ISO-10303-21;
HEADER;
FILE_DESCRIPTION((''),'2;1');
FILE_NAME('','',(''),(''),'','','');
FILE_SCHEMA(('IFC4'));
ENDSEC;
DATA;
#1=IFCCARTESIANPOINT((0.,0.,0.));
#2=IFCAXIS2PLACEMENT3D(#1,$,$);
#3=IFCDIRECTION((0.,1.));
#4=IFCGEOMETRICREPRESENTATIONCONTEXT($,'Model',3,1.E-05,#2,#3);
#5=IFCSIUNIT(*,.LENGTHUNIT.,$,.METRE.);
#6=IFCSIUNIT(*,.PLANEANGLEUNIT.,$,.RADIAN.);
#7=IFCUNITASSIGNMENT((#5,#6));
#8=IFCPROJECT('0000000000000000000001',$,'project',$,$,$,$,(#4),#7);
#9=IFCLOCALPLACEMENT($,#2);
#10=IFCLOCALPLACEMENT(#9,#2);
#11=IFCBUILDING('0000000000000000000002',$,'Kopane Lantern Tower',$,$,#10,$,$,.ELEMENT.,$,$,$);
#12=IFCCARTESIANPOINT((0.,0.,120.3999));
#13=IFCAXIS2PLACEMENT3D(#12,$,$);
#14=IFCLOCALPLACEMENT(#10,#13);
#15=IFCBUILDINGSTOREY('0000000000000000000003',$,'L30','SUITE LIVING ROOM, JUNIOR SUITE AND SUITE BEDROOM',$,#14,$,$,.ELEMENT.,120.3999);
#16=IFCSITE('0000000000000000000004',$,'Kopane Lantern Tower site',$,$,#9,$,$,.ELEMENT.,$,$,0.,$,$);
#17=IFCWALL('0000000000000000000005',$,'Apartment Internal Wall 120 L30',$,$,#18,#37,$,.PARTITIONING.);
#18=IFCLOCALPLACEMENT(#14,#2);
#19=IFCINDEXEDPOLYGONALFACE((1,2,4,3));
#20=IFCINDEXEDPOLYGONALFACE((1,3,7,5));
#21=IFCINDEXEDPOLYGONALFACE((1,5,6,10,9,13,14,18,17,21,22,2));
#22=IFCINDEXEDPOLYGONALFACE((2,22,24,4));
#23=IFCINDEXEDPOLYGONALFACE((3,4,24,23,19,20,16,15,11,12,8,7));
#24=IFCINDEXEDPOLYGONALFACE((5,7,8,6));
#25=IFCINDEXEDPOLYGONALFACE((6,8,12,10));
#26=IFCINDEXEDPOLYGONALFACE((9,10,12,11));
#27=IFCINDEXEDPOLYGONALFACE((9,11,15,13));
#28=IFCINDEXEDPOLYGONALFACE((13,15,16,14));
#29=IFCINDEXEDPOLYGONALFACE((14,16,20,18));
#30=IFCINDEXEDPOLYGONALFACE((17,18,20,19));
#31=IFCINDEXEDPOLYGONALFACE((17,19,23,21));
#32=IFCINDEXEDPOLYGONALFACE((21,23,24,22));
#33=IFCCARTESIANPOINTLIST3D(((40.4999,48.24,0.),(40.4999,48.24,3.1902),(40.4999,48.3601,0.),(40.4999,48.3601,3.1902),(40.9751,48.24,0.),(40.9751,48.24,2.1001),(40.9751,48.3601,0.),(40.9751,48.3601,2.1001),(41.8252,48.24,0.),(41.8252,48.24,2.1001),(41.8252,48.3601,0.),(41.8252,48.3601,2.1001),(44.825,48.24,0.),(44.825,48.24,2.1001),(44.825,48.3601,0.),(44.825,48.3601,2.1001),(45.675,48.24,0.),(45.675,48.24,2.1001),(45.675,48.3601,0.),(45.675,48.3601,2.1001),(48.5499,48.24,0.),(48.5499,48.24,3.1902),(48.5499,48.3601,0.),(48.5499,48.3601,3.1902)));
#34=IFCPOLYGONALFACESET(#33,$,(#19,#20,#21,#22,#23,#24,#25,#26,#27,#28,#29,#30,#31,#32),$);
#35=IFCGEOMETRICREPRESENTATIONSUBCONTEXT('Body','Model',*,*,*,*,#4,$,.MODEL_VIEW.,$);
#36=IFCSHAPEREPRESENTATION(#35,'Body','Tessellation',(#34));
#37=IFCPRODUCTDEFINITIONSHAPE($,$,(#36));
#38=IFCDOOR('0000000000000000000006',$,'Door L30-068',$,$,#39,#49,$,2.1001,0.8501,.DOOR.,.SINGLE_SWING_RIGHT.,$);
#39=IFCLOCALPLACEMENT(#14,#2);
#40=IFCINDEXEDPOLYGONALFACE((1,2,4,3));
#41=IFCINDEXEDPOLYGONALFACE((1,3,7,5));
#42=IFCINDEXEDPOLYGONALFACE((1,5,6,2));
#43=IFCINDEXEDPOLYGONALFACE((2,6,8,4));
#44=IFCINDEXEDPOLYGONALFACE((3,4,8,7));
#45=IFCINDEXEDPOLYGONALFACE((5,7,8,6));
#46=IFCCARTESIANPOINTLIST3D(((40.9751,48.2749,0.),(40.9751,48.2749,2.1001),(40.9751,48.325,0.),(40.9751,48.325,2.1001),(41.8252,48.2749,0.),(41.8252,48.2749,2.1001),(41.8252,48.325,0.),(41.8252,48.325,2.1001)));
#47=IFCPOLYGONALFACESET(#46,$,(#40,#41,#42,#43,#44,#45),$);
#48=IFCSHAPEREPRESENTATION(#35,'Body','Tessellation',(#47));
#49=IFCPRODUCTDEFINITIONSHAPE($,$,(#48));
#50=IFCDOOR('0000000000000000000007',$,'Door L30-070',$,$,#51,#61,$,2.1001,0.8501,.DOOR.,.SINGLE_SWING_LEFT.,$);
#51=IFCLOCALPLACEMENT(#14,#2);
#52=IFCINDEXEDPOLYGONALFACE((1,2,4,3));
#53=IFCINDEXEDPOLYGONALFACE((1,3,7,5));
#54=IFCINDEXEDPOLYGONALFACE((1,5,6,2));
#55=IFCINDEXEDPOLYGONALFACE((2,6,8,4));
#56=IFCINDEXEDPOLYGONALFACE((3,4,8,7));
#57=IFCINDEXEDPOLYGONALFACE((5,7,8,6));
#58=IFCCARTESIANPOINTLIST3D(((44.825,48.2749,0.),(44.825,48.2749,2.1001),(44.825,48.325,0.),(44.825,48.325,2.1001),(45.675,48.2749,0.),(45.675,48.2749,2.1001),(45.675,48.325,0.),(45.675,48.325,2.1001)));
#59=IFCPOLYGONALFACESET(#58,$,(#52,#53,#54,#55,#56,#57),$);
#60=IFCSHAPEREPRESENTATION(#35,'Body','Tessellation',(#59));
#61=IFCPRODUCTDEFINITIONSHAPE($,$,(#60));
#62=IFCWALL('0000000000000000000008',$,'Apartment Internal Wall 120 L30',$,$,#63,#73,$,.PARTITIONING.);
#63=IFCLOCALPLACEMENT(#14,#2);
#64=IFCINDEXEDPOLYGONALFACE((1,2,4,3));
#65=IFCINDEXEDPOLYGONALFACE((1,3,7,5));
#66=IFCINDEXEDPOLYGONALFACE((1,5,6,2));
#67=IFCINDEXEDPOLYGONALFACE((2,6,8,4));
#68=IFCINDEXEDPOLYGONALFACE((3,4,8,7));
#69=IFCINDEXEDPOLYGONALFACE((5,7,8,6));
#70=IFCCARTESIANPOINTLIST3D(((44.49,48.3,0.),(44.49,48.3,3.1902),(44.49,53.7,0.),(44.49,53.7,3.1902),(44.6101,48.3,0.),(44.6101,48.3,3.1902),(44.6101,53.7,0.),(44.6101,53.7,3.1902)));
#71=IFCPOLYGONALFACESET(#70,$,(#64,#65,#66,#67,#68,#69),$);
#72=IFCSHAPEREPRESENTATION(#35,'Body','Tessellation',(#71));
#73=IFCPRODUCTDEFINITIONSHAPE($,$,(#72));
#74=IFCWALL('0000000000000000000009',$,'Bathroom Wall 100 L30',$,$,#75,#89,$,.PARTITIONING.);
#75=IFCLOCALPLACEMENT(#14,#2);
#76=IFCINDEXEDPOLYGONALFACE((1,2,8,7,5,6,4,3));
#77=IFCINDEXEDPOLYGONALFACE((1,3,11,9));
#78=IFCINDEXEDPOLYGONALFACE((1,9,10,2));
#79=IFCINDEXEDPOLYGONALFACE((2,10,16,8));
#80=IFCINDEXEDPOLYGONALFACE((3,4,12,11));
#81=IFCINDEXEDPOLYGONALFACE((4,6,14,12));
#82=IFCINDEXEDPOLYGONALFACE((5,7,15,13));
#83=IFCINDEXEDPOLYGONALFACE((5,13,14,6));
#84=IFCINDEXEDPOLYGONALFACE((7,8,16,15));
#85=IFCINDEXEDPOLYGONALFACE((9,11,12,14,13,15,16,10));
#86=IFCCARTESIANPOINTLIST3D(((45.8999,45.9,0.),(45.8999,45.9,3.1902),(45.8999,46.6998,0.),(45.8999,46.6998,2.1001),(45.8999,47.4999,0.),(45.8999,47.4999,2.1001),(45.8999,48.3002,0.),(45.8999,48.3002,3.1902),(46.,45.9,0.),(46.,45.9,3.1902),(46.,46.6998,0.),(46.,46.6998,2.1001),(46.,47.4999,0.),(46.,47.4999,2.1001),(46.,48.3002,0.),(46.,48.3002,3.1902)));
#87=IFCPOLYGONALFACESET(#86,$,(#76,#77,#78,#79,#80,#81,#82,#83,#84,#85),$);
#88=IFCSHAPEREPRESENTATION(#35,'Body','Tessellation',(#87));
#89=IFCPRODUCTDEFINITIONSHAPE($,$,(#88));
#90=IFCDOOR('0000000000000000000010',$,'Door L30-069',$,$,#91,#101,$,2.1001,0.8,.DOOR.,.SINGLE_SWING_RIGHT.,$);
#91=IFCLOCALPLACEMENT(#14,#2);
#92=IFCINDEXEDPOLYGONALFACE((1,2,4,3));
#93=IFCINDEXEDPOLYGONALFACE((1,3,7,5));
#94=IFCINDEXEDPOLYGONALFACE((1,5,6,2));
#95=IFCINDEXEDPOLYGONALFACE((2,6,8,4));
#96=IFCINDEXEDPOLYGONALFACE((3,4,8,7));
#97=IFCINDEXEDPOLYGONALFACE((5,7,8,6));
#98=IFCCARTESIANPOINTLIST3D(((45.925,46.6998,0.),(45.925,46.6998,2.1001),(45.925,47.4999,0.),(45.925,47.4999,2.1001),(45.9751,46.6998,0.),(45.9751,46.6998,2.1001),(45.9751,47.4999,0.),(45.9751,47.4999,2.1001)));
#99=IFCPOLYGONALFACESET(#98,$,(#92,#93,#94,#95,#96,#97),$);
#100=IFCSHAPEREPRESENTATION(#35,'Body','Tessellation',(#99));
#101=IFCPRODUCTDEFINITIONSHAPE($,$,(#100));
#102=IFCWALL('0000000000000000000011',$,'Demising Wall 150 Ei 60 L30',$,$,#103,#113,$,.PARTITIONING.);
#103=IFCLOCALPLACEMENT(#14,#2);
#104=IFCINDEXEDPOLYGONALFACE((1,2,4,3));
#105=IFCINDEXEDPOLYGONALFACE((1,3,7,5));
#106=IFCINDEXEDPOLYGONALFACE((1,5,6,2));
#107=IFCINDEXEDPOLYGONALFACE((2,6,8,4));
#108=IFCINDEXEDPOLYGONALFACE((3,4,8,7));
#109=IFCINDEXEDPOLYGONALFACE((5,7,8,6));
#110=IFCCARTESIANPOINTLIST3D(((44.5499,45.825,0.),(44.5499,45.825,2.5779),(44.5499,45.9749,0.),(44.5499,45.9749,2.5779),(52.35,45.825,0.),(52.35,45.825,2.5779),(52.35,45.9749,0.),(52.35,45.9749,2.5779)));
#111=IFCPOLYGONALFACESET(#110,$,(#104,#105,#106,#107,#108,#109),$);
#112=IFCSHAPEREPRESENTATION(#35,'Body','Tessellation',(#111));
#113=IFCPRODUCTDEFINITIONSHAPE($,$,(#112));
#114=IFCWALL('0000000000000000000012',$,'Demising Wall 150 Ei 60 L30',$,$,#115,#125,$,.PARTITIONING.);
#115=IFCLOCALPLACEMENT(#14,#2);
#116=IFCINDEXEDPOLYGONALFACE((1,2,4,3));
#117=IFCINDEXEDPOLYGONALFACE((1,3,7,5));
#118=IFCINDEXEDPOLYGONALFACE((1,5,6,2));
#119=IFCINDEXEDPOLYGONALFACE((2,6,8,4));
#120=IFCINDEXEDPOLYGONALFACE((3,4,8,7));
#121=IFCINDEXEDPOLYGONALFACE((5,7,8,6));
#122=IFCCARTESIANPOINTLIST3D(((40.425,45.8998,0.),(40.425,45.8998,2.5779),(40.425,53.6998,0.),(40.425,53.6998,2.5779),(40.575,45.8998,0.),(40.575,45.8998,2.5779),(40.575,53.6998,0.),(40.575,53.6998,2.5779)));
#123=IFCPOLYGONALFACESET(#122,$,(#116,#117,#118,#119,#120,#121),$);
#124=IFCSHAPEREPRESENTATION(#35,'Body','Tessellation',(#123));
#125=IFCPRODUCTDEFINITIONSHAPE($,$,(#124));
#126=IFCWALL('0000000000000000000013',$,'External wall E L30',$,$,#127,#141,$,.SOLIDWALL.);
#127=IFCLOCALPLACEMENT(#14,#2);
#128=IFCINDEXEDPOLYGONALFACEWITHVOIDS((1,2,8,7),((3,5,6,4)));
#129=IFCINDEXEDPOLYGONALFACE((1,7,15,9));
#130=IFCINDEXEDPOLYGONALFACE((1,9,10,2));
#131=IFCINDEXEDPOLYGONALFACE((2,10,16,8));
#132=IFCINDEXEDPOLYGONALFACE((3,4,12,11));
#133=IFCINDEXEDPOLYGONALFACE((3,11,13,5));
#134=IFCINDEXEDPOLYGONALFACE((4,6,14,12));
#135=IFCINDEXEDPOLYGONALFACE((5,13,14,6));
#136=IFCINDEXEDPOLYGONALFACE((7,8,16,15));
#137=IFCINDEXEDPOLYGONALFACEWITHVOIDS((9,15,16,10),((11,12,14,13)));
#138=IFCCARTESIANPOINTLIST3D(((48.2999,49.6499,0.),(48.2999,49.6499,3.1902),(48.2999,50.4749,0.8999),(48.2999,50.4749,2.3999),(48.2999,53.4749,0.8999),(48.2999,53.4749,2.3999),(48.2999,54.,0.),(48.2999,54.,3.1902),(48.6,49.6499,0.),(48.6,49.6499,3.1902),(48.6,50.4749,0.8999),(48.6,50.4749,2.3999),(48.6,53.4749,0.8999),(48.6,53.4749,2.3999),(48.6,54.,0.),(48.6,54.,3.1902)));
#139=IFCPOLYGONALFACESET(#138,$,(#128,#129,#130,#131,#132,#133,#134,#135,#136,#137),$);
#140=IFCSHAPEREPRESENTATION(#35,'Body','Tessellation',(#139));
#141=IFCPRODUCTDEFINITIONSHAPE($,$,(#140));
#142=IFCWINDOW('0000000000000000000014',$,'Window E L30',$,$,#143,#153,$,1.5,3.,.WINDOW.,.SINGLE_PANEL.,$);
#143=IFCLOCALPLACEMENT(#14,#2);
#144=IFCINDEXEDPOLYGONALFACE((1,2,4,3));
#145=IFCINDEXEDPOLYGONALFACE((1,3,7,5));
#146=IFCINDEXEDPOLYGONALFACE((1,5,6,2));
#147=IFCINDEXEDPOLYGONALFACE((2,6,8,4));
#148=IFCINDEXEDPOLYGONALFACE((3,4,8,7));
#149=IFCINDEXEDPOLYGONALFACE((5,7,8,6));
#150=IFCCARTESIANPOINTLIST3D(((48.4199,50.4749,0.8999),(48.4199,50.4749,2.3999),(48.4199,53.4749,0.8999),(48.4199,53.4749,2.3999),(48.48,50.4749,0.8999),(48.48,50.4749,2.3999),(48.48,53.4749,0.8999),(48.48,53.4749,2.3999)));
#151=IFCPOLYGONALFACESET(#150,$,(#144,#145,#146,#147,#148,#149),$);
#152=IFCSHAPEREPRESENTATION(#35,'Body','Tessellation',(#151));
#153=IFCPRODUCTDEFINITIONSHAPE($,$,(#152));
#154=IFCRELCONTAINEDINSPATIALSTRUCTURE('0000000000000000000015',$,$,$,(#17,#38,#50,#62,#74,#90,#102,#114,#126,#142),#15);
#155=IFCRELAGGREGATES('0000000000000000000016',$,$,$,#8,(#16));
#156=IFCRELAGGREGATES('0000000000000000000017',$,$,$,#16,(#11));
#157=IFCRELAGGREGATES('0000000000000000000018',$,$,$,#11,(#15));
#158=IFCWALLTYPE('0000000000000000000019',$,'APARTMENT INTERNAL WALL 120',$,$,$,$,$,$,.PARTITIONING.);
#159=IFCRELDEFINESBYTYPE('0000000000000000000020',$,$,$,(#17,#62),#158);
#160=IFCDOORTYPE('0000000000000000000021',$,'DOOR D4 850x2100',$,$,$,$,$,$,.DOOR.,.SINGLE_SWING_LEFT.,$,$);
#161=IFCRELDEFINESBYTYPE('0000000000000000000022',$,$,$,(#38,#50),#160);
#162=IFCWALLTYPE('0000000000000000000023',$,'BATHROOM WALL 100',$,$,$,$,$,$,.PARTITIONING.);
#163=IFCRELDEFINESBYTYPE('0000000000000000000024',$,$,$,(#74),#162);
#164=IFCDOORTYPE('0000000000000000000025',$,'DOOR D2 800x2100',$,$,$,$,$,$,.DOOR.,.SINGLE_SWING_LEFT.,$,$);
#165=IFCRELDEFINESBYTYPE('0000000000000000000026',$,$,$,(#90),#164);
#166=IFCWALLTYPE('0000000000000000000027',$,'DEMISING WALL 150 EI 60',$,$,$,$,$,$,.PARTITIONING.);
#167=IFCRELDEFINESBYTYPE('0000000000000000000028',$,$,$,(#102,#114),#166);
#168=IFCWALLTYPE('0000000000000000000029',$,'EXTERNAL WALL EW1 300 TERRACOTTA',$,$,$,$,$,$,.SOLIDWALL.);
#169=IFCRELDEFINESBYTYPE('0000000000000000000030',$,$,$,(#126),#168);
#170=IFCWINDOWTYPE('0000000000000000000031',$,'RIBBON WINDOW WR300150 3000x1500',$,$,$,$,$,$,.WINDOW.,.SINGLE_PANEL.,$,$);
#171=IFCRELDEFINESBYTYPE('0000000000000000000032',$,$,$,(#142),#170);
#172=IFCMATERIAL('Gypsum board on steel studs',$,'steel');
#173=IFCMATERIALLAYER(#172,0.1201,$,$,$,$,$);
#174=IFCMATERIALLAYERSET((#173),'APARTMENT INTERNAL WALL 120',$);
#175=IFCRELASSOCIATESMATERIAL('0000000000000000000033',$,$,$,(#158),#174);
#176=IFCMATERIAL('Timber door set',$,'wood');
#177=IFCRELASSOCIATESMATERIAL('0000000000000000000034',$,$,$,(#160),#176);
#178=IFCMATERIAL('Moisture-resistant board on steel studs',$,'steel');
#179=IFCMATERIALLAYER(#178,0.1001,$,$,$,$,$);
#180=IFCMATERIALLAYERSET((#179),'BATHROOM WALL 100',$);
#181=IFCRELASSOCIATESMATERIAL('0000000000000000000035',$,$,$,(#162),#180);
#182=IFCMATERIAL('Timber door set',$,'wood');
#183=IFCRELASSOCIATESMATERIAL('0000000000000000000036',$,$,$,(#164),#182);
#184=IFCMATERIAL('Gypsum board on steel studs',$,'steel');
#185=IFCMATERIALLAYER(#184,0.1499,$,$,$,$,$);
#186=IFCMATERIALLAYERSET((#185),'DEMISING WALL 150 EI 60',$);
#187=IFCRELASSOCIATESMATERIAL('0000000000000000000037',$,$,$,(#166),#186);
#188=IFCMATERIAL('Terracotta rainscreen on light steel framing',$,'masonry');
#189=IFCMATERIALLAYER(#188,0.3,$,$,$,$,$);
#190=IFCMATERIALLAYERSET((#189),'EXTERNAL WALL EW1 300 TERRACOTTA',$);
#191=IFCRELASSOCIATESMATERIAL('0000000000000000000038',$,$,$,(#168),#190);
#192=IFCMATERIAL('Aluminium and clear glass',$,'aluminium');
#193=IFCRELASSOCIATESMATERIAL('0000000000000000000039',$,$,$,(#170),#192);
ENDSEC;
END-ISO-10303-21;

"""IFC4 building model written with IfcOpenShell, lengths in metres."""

from ifc_helpers import new_model, si_unit, direction, frame, frame_2d, origin, place, context, subcontext, project, spatial, rectangle, extrude, material, layer, layer_set, type_object, element, fill, save


model = new_model("IFC4")

# Units and contexts
model_context = context("Model", 3, precision=1e-05, world=origin(), true_north=direction((0.0, 1.0)))
body_context = subcontext(model_context, "Body", "Model", "MODEL_VIEW")
ifc_project = project(units=[si_unit("LENGTHUNIT", "METRE"), si_unit("PLANEANGLEUNIT", "RADIAN")], contexts=[model_context])

# Site, building, storey
site_placement = place(None, origin())
site = spatial("IfcSite", under=ifc_project, at=site_placement, Name="Kopane Lantern Tower site", CompositionType="ELEMENT", RefElevation=0.0)
building_placement = place(site_placement, origin())
building = spatial("IfcBuilding", under=site, at=building_placement, Name="Kopane Lantern Tower", CompositionType="ELEMENT")
storey_placement = place(building_placement, frame((0.0, 0.0, 120.3999)))
storey = spatial("IfcBuildingStorey", under=building, at=storey_placement, Name="L30", Description="SUITE LIVING ROOM, JUNIOR SUITE AND SUITE BEDROOM", CompositionType="ELEMENT", Elevation=120.3999)

# Wall, openings, doors
ifc_material_1 = material(Name="Gypsum board on steel studs", Category="steel")
ifc_layer_1 = layer(ifc_material_1, 0.1201)
ifc_layer_set_1 = layer_set([ifc_layer_1], Name="APARTMENT INTERNAL WALL 120")
wall_type_1 = type_object("IfcWallType", Name="APARTMENT INTERNAL WALL 120", PredefinedType="PARTITIONING", material=ifc_layer_set_1)
wall_1_placement = place(storey_placement, frame((40.5, 48.3, 0.0), z_axis=(0.0, 0.0, 1.0), x_axis=(1.0, 0.0, 0.0)))
wall_1 = element("IfcWall", 1, at=wall_1_placement, inside=storey, type_object=wall_type_1, Name="Apartment Internal Wall 120 L30", PredefinedType="PARTITIONING", context=body_context, shape_type="SweptSolid", body=[
    extrude(rectangle(XDim=8.05, YDim=0.1201, at=frame_2d((4.0249, 0.0))), origin(), (0.0, 0.0, 1.0), 3.1902),
])
opening_1_placement = place(wall_1_placement, frame((0.4751, 0.0, 0.0)))
opening_1 = element("IfcOpeningElement", 2, at=opening_1_placement, cuts=wall_1, PredefinedType="OPENING", context=body_context, shape_type="SweptSolid", body=[
    extrude(rectangle(XDim=0.8501, YDim=2.1001, at=frame_2d((0.425, 1.05))), frame((0.0, 0.0701, 0.0), z_axis=(0.0, -1.0, 0.0), x_axis=(1.0, 0.0, 0.0)), (0.0, 0.0, 1.0), 0.1401),
])
opening_2_placement = place(wall_1_placement, frame((4.325, 0.0, 0.0)))
opening_2 = element("IfcOpeningElement", 3, at=opening_2_placement, cuts=wall_1, PredefinedType="OPENING", context=body_context, shape_type="SweptSolid", body=[
    extrude(rectangle(XDim=0.8501, YDim=2.1001, at=frame_2d((0.425, 1.05))), frame((0.0, 0.0701, 0.0), z_axis=(0.0, -1.0, 0.0), x_axis=(1.0, 0.0, 0.0)), (0.0, 0.0, 1.0), 0.1401),
])
ifc_material_2 = material(Name="Timber door set", Category="wood")
door_type_1 = type_object("IfcDoorType", Name="DOOR D4 850x2100", OperationType="SINGLE_SWING_LEFT", PredefinedType="DOOR", material=ifc_material_2)
door_1_placement = place(opening_1_placement, origin())
door_1 = element("IfcDoor", 4, at=door_1_placement, inside=storey, type_object=door_type_1, Name="Door L30-068", OperationType="SINGLE_SWING_RIGHT", OverallHeight=2.1001, OverallWidth=0.8501, PredefinedType="DOOR", context=body_context, shape_type="SweptSolid", body=[
    extrude(rectangle(XDim=0.8501, YDim=2.1001, at=frame_2d((0.425, 1.05))), frame((0.0, 0.0249, 0.0), z_axis=(0.0, -1.0, 0.0), x_axis=(1.0, 0.0, 0.0)), (0.0, 0.0, 1.0), 0.05),
])
fill(opening_1, door_1)
door_2_placement = place(opening_2_placement, origin())
door_2 = element("IfcDoor", 5, at=door_2_placement, inside=storey, type_object=door_type_1, Name="Door L30-070", OperationType="SINGLE_SWING_LEFT", OverallHeight=2.1001, OverallWidth=0.8501, PredefinedType="DOOR", context=body_context, shape_type="SweptSolid", body=[
    extrude(rectangle(XDim=0.8501, YDim=2.1001, at=frame_2d((0.425, 1.05))), frame((0.0, 0.0249, 0.0), z_axis=(0.0, -1.0, 0.0), x_axis=(1.0, 0.0, 0.0)), (0.0, 0.0, 1.0), 0.05),
])
fill(opening_2, door_2)

# Wall
wall_2_placement = place(storey_placement, frame((44.55, 48.3, 0.0), z_axis=(0.0, 0.0, 1.0), x_axis=(0.0, 1.0, 0.0)))
element("IfcWall", 6, at=wall_2_placement, inside=storey, type_object=wall_type_1, Name="Apartment Internal Wall 120 L30", PredefinedType="PARTITIONING", context=body_context, shape_type="SweptSolid", body=[
    extrude(rectangle(XDim=5.3999, YDim=0.1201, at=frame_2d((2.7, 0.0))), origin(), (0.0, 0.0, 1.0), 3.1902),
])

# Wall, opening, door
ifc_material_3 = material(Name="Moisture-resistant board on steel studs", Category="steel")
ifc_layer_2 = layer(ifc_material_3, 0.1001)
ifc_layer_set_2 = layer_set([ifc_layer_2], Name="BATHROOM WALL 100")
wall_type_2 = type_object("IfcWallType", Name="BATHROOM WALL 100", PredefinedType="PARTITIONING", material=ifc_layer_set_2)
wall_3_placement = place(storey_placement, frame((45.95, 45.8999, 0.0), z_axis=(0.0, 0.0, 1.0), x_axis=(0.0, 1.0, 0.0)))
wall_3 = element("IfcWall", 7, at=wall_3_placement, inside=storey, type_object=wall_type_2, Name="Bathroom Wall 100 L30", PredefinedType="PARTITIONING", context=body_context, shape_type="SweptSolid", body=[
    extrude(rectangle(XDim=2.4001, YDim=0.1001, at=frame_2d((1.2002, 0.0))), origin(), (0.0, 0.0, 1.0), 3.1902),
])
opening_3_placement = place(wall_3_placement, frame((0.8, 0.0, 0.0)))
opening_3 = element("IfcOpeningElement", 8, at=opening_3_placement, cuts=wall_3, PredefinedType="OPENING", context=body_context, shape_type="SweptSolid", body=[
    extrude(rectangle(XDim=0.8, YDim=2.1001, at=frame_2d((0.3999, 1.05))), frame((0.0, 0.0601, 0.0), z_axis=(0.0, -1.0, 0.0), x_axis=(1.0, 0.0, 0.0)), (0.0, 0.0, 1.0), 0.1201),
])
ifc_material_4 = material(Name="Timber door set", Category="wood")
door_type_2 = type_object("IfcDoorType", Name="DOOR D2 800x2100", OperationType="SINGLE_SWING_LEFT", PredefinedType="DOOR", material=ifc_material_4)
door_3_placement = place(opening_3_placement, origin())
door_3 = element("IfcDoor", 9, at=door_3_placement, inside=storey, type_object=door_type_2, Name="Door L30-069", OperationType="SINGLE_SWING_RIGHT", OverallHeight=2.1001, OverallWidth=0.8, PredefinedType="DOOR", context=body_context, shape_type="SweptSolid", body=[
    extrude(rectangle(XDim=0.8, YDim=2.1001, at=frame_2d((0.3999, 1.05))), frame((0.0, 0.0249, 0.0), z_axis=(0.0, -1.0, 0.0), x_axis=(1.0, 0.0, 0.0)), (0.0, 0.0, 1.0), 0.05),
])
fill(opening_3, door_3)

# Walls
ifc_material_5 = material(Name="Gypsum board on steel studs", Category="steel")
ifc_layer_3 = layer(ifc_material_5, 0.1499)
ifc_layer_set_3 = layer_set([ifc_layer_3], Name="DEMISING WALL 150 EI 60")
wall_type_3 = type_object("IfcWallType", Name="DEMISING WALL 150 EI 60", PredefinedType="PARTITIONING", material=ifc_layer_set_3)
for number, where, z_axis, x_axis, name in (
    (10, (44.55, 45.8999, 0.0), (0.0, 0.0, 1.0), (1.0, 0.0, 0.0), "Demising Wall 150 Ei 60 L30"),
    (11, (40.5, 45.8999, 0.0), (0.0, 0.0, 1.0), (0.0, 1.0, 0.0), "Demising Wall 150 Ei 60 L30"),
):
    element("IfcWall", number, at=place(storey_placement, frame(where, z_axis=z_axis, x_axis=x_axis)), inside=storey, type_object=wall_type_3, Name=name, PredefinedType="PARTITIONING", context=body_context, shape_type="SweptSolid", body=[
        extrude(rectangle(XDim=7.8, YDim=0.1499, at=frame_2d((3.8999, 0.0))), origin(), (0.0, 0.0, 1.0), 2.5779),
    ])

# Wall, opening, window
ifc_material_6 = material(Name="Terracotta rainscreen on light steel framing", Category="masonry")
ifc_layer_4 = layer(ifc_material_6, 0.3)
ifc_layer_set_4 = layer_set([ifc_layer_4], Name="EXTERNAL WALL EW1 300 TERRACOTTA")
wall_type_4 = type_object("IfcWallType", Name="EXTERNAL WALL EW1 300 TERRACOTTA", PredefinedType="SOLIDWALL", material=ifc_layer_set_4)
wall_4_placement = place(storey_placement, frame((48.45, 49.6499, 0.0), z_axis=(0.0, 0.0, 1.0), x_axis=(0.0, 1.0, 0.0)))
wall_4 = element("IfcWall", 12, at=wall_4_placement, inside=storey, type_object=wall_type_4, Name="External wall E L30", PredefinedType="SOLIDWALL", context=body_context, shape_type="SweptSolid", body=[
    extrude(rectangle(XDim=4.3501, YDim=0.3, at=frame_2d((2.175, 0.0))), origin(), (0.0, 0.0, 1.0), 3.1902),
])
opening_4_placement = place(wall_4_placement, frame((0.825, 0.0, 0.8999)))
opening_4 = element("IfcOpeningElement", 13, at=opening_4_placement, cuts=wall_4, PredefinedType="OPENING", context=body_context, shape_type="SweptSolid", body=[
    extrude(rectangle(XDim=3.0, YDim=1.5, at=frame_2d((1.5, 0.75))), frame((0.0, 0.1599, 0.0), z_axis=(0.0, -1.0, 0.0), x_axis=(1.0, 0.0, 0.0)), (0.0, 0.0, 1.0), 0.3201),
])
ifc_material_7 = material(Name="Aluminium and clear glass", Category="aluminium")
window_type_1 = type_object("IfcWindowType", Name="RIBBON WINDOW WR300150 3000x1500", PartitioningType="SINGLE_PANEL", PredefinedType="WINDOW", material=ifc_material_7)
window_1_placement = place(opening_4_placement, origin())
window_1 = element("IfcWindow", 14, at=window_1_placement, inside=storey, type_object=window_type_1, Name="Window E L30", OverallHeight=1.5, OverallWidth=3.0, PartitioningType="SINGLE_PANEL", PredefinedType="WINDOW", context=body_context, shape_type="SweptSolid", body=[
    extrude(rectangle(XDim=3.0, YDim=1.5, at=frame_2d((1.5, 0.75))), frame((0.0, 0.03, 0.0), z_axis=(0.0, -1.0, 0.0), x_axis=(1.0, 0.0, 0.0)), (0.0, 0.0, 1.0), 0.0601),
])
fill(opening_4, window_1)

save(model, "model.ifc")
